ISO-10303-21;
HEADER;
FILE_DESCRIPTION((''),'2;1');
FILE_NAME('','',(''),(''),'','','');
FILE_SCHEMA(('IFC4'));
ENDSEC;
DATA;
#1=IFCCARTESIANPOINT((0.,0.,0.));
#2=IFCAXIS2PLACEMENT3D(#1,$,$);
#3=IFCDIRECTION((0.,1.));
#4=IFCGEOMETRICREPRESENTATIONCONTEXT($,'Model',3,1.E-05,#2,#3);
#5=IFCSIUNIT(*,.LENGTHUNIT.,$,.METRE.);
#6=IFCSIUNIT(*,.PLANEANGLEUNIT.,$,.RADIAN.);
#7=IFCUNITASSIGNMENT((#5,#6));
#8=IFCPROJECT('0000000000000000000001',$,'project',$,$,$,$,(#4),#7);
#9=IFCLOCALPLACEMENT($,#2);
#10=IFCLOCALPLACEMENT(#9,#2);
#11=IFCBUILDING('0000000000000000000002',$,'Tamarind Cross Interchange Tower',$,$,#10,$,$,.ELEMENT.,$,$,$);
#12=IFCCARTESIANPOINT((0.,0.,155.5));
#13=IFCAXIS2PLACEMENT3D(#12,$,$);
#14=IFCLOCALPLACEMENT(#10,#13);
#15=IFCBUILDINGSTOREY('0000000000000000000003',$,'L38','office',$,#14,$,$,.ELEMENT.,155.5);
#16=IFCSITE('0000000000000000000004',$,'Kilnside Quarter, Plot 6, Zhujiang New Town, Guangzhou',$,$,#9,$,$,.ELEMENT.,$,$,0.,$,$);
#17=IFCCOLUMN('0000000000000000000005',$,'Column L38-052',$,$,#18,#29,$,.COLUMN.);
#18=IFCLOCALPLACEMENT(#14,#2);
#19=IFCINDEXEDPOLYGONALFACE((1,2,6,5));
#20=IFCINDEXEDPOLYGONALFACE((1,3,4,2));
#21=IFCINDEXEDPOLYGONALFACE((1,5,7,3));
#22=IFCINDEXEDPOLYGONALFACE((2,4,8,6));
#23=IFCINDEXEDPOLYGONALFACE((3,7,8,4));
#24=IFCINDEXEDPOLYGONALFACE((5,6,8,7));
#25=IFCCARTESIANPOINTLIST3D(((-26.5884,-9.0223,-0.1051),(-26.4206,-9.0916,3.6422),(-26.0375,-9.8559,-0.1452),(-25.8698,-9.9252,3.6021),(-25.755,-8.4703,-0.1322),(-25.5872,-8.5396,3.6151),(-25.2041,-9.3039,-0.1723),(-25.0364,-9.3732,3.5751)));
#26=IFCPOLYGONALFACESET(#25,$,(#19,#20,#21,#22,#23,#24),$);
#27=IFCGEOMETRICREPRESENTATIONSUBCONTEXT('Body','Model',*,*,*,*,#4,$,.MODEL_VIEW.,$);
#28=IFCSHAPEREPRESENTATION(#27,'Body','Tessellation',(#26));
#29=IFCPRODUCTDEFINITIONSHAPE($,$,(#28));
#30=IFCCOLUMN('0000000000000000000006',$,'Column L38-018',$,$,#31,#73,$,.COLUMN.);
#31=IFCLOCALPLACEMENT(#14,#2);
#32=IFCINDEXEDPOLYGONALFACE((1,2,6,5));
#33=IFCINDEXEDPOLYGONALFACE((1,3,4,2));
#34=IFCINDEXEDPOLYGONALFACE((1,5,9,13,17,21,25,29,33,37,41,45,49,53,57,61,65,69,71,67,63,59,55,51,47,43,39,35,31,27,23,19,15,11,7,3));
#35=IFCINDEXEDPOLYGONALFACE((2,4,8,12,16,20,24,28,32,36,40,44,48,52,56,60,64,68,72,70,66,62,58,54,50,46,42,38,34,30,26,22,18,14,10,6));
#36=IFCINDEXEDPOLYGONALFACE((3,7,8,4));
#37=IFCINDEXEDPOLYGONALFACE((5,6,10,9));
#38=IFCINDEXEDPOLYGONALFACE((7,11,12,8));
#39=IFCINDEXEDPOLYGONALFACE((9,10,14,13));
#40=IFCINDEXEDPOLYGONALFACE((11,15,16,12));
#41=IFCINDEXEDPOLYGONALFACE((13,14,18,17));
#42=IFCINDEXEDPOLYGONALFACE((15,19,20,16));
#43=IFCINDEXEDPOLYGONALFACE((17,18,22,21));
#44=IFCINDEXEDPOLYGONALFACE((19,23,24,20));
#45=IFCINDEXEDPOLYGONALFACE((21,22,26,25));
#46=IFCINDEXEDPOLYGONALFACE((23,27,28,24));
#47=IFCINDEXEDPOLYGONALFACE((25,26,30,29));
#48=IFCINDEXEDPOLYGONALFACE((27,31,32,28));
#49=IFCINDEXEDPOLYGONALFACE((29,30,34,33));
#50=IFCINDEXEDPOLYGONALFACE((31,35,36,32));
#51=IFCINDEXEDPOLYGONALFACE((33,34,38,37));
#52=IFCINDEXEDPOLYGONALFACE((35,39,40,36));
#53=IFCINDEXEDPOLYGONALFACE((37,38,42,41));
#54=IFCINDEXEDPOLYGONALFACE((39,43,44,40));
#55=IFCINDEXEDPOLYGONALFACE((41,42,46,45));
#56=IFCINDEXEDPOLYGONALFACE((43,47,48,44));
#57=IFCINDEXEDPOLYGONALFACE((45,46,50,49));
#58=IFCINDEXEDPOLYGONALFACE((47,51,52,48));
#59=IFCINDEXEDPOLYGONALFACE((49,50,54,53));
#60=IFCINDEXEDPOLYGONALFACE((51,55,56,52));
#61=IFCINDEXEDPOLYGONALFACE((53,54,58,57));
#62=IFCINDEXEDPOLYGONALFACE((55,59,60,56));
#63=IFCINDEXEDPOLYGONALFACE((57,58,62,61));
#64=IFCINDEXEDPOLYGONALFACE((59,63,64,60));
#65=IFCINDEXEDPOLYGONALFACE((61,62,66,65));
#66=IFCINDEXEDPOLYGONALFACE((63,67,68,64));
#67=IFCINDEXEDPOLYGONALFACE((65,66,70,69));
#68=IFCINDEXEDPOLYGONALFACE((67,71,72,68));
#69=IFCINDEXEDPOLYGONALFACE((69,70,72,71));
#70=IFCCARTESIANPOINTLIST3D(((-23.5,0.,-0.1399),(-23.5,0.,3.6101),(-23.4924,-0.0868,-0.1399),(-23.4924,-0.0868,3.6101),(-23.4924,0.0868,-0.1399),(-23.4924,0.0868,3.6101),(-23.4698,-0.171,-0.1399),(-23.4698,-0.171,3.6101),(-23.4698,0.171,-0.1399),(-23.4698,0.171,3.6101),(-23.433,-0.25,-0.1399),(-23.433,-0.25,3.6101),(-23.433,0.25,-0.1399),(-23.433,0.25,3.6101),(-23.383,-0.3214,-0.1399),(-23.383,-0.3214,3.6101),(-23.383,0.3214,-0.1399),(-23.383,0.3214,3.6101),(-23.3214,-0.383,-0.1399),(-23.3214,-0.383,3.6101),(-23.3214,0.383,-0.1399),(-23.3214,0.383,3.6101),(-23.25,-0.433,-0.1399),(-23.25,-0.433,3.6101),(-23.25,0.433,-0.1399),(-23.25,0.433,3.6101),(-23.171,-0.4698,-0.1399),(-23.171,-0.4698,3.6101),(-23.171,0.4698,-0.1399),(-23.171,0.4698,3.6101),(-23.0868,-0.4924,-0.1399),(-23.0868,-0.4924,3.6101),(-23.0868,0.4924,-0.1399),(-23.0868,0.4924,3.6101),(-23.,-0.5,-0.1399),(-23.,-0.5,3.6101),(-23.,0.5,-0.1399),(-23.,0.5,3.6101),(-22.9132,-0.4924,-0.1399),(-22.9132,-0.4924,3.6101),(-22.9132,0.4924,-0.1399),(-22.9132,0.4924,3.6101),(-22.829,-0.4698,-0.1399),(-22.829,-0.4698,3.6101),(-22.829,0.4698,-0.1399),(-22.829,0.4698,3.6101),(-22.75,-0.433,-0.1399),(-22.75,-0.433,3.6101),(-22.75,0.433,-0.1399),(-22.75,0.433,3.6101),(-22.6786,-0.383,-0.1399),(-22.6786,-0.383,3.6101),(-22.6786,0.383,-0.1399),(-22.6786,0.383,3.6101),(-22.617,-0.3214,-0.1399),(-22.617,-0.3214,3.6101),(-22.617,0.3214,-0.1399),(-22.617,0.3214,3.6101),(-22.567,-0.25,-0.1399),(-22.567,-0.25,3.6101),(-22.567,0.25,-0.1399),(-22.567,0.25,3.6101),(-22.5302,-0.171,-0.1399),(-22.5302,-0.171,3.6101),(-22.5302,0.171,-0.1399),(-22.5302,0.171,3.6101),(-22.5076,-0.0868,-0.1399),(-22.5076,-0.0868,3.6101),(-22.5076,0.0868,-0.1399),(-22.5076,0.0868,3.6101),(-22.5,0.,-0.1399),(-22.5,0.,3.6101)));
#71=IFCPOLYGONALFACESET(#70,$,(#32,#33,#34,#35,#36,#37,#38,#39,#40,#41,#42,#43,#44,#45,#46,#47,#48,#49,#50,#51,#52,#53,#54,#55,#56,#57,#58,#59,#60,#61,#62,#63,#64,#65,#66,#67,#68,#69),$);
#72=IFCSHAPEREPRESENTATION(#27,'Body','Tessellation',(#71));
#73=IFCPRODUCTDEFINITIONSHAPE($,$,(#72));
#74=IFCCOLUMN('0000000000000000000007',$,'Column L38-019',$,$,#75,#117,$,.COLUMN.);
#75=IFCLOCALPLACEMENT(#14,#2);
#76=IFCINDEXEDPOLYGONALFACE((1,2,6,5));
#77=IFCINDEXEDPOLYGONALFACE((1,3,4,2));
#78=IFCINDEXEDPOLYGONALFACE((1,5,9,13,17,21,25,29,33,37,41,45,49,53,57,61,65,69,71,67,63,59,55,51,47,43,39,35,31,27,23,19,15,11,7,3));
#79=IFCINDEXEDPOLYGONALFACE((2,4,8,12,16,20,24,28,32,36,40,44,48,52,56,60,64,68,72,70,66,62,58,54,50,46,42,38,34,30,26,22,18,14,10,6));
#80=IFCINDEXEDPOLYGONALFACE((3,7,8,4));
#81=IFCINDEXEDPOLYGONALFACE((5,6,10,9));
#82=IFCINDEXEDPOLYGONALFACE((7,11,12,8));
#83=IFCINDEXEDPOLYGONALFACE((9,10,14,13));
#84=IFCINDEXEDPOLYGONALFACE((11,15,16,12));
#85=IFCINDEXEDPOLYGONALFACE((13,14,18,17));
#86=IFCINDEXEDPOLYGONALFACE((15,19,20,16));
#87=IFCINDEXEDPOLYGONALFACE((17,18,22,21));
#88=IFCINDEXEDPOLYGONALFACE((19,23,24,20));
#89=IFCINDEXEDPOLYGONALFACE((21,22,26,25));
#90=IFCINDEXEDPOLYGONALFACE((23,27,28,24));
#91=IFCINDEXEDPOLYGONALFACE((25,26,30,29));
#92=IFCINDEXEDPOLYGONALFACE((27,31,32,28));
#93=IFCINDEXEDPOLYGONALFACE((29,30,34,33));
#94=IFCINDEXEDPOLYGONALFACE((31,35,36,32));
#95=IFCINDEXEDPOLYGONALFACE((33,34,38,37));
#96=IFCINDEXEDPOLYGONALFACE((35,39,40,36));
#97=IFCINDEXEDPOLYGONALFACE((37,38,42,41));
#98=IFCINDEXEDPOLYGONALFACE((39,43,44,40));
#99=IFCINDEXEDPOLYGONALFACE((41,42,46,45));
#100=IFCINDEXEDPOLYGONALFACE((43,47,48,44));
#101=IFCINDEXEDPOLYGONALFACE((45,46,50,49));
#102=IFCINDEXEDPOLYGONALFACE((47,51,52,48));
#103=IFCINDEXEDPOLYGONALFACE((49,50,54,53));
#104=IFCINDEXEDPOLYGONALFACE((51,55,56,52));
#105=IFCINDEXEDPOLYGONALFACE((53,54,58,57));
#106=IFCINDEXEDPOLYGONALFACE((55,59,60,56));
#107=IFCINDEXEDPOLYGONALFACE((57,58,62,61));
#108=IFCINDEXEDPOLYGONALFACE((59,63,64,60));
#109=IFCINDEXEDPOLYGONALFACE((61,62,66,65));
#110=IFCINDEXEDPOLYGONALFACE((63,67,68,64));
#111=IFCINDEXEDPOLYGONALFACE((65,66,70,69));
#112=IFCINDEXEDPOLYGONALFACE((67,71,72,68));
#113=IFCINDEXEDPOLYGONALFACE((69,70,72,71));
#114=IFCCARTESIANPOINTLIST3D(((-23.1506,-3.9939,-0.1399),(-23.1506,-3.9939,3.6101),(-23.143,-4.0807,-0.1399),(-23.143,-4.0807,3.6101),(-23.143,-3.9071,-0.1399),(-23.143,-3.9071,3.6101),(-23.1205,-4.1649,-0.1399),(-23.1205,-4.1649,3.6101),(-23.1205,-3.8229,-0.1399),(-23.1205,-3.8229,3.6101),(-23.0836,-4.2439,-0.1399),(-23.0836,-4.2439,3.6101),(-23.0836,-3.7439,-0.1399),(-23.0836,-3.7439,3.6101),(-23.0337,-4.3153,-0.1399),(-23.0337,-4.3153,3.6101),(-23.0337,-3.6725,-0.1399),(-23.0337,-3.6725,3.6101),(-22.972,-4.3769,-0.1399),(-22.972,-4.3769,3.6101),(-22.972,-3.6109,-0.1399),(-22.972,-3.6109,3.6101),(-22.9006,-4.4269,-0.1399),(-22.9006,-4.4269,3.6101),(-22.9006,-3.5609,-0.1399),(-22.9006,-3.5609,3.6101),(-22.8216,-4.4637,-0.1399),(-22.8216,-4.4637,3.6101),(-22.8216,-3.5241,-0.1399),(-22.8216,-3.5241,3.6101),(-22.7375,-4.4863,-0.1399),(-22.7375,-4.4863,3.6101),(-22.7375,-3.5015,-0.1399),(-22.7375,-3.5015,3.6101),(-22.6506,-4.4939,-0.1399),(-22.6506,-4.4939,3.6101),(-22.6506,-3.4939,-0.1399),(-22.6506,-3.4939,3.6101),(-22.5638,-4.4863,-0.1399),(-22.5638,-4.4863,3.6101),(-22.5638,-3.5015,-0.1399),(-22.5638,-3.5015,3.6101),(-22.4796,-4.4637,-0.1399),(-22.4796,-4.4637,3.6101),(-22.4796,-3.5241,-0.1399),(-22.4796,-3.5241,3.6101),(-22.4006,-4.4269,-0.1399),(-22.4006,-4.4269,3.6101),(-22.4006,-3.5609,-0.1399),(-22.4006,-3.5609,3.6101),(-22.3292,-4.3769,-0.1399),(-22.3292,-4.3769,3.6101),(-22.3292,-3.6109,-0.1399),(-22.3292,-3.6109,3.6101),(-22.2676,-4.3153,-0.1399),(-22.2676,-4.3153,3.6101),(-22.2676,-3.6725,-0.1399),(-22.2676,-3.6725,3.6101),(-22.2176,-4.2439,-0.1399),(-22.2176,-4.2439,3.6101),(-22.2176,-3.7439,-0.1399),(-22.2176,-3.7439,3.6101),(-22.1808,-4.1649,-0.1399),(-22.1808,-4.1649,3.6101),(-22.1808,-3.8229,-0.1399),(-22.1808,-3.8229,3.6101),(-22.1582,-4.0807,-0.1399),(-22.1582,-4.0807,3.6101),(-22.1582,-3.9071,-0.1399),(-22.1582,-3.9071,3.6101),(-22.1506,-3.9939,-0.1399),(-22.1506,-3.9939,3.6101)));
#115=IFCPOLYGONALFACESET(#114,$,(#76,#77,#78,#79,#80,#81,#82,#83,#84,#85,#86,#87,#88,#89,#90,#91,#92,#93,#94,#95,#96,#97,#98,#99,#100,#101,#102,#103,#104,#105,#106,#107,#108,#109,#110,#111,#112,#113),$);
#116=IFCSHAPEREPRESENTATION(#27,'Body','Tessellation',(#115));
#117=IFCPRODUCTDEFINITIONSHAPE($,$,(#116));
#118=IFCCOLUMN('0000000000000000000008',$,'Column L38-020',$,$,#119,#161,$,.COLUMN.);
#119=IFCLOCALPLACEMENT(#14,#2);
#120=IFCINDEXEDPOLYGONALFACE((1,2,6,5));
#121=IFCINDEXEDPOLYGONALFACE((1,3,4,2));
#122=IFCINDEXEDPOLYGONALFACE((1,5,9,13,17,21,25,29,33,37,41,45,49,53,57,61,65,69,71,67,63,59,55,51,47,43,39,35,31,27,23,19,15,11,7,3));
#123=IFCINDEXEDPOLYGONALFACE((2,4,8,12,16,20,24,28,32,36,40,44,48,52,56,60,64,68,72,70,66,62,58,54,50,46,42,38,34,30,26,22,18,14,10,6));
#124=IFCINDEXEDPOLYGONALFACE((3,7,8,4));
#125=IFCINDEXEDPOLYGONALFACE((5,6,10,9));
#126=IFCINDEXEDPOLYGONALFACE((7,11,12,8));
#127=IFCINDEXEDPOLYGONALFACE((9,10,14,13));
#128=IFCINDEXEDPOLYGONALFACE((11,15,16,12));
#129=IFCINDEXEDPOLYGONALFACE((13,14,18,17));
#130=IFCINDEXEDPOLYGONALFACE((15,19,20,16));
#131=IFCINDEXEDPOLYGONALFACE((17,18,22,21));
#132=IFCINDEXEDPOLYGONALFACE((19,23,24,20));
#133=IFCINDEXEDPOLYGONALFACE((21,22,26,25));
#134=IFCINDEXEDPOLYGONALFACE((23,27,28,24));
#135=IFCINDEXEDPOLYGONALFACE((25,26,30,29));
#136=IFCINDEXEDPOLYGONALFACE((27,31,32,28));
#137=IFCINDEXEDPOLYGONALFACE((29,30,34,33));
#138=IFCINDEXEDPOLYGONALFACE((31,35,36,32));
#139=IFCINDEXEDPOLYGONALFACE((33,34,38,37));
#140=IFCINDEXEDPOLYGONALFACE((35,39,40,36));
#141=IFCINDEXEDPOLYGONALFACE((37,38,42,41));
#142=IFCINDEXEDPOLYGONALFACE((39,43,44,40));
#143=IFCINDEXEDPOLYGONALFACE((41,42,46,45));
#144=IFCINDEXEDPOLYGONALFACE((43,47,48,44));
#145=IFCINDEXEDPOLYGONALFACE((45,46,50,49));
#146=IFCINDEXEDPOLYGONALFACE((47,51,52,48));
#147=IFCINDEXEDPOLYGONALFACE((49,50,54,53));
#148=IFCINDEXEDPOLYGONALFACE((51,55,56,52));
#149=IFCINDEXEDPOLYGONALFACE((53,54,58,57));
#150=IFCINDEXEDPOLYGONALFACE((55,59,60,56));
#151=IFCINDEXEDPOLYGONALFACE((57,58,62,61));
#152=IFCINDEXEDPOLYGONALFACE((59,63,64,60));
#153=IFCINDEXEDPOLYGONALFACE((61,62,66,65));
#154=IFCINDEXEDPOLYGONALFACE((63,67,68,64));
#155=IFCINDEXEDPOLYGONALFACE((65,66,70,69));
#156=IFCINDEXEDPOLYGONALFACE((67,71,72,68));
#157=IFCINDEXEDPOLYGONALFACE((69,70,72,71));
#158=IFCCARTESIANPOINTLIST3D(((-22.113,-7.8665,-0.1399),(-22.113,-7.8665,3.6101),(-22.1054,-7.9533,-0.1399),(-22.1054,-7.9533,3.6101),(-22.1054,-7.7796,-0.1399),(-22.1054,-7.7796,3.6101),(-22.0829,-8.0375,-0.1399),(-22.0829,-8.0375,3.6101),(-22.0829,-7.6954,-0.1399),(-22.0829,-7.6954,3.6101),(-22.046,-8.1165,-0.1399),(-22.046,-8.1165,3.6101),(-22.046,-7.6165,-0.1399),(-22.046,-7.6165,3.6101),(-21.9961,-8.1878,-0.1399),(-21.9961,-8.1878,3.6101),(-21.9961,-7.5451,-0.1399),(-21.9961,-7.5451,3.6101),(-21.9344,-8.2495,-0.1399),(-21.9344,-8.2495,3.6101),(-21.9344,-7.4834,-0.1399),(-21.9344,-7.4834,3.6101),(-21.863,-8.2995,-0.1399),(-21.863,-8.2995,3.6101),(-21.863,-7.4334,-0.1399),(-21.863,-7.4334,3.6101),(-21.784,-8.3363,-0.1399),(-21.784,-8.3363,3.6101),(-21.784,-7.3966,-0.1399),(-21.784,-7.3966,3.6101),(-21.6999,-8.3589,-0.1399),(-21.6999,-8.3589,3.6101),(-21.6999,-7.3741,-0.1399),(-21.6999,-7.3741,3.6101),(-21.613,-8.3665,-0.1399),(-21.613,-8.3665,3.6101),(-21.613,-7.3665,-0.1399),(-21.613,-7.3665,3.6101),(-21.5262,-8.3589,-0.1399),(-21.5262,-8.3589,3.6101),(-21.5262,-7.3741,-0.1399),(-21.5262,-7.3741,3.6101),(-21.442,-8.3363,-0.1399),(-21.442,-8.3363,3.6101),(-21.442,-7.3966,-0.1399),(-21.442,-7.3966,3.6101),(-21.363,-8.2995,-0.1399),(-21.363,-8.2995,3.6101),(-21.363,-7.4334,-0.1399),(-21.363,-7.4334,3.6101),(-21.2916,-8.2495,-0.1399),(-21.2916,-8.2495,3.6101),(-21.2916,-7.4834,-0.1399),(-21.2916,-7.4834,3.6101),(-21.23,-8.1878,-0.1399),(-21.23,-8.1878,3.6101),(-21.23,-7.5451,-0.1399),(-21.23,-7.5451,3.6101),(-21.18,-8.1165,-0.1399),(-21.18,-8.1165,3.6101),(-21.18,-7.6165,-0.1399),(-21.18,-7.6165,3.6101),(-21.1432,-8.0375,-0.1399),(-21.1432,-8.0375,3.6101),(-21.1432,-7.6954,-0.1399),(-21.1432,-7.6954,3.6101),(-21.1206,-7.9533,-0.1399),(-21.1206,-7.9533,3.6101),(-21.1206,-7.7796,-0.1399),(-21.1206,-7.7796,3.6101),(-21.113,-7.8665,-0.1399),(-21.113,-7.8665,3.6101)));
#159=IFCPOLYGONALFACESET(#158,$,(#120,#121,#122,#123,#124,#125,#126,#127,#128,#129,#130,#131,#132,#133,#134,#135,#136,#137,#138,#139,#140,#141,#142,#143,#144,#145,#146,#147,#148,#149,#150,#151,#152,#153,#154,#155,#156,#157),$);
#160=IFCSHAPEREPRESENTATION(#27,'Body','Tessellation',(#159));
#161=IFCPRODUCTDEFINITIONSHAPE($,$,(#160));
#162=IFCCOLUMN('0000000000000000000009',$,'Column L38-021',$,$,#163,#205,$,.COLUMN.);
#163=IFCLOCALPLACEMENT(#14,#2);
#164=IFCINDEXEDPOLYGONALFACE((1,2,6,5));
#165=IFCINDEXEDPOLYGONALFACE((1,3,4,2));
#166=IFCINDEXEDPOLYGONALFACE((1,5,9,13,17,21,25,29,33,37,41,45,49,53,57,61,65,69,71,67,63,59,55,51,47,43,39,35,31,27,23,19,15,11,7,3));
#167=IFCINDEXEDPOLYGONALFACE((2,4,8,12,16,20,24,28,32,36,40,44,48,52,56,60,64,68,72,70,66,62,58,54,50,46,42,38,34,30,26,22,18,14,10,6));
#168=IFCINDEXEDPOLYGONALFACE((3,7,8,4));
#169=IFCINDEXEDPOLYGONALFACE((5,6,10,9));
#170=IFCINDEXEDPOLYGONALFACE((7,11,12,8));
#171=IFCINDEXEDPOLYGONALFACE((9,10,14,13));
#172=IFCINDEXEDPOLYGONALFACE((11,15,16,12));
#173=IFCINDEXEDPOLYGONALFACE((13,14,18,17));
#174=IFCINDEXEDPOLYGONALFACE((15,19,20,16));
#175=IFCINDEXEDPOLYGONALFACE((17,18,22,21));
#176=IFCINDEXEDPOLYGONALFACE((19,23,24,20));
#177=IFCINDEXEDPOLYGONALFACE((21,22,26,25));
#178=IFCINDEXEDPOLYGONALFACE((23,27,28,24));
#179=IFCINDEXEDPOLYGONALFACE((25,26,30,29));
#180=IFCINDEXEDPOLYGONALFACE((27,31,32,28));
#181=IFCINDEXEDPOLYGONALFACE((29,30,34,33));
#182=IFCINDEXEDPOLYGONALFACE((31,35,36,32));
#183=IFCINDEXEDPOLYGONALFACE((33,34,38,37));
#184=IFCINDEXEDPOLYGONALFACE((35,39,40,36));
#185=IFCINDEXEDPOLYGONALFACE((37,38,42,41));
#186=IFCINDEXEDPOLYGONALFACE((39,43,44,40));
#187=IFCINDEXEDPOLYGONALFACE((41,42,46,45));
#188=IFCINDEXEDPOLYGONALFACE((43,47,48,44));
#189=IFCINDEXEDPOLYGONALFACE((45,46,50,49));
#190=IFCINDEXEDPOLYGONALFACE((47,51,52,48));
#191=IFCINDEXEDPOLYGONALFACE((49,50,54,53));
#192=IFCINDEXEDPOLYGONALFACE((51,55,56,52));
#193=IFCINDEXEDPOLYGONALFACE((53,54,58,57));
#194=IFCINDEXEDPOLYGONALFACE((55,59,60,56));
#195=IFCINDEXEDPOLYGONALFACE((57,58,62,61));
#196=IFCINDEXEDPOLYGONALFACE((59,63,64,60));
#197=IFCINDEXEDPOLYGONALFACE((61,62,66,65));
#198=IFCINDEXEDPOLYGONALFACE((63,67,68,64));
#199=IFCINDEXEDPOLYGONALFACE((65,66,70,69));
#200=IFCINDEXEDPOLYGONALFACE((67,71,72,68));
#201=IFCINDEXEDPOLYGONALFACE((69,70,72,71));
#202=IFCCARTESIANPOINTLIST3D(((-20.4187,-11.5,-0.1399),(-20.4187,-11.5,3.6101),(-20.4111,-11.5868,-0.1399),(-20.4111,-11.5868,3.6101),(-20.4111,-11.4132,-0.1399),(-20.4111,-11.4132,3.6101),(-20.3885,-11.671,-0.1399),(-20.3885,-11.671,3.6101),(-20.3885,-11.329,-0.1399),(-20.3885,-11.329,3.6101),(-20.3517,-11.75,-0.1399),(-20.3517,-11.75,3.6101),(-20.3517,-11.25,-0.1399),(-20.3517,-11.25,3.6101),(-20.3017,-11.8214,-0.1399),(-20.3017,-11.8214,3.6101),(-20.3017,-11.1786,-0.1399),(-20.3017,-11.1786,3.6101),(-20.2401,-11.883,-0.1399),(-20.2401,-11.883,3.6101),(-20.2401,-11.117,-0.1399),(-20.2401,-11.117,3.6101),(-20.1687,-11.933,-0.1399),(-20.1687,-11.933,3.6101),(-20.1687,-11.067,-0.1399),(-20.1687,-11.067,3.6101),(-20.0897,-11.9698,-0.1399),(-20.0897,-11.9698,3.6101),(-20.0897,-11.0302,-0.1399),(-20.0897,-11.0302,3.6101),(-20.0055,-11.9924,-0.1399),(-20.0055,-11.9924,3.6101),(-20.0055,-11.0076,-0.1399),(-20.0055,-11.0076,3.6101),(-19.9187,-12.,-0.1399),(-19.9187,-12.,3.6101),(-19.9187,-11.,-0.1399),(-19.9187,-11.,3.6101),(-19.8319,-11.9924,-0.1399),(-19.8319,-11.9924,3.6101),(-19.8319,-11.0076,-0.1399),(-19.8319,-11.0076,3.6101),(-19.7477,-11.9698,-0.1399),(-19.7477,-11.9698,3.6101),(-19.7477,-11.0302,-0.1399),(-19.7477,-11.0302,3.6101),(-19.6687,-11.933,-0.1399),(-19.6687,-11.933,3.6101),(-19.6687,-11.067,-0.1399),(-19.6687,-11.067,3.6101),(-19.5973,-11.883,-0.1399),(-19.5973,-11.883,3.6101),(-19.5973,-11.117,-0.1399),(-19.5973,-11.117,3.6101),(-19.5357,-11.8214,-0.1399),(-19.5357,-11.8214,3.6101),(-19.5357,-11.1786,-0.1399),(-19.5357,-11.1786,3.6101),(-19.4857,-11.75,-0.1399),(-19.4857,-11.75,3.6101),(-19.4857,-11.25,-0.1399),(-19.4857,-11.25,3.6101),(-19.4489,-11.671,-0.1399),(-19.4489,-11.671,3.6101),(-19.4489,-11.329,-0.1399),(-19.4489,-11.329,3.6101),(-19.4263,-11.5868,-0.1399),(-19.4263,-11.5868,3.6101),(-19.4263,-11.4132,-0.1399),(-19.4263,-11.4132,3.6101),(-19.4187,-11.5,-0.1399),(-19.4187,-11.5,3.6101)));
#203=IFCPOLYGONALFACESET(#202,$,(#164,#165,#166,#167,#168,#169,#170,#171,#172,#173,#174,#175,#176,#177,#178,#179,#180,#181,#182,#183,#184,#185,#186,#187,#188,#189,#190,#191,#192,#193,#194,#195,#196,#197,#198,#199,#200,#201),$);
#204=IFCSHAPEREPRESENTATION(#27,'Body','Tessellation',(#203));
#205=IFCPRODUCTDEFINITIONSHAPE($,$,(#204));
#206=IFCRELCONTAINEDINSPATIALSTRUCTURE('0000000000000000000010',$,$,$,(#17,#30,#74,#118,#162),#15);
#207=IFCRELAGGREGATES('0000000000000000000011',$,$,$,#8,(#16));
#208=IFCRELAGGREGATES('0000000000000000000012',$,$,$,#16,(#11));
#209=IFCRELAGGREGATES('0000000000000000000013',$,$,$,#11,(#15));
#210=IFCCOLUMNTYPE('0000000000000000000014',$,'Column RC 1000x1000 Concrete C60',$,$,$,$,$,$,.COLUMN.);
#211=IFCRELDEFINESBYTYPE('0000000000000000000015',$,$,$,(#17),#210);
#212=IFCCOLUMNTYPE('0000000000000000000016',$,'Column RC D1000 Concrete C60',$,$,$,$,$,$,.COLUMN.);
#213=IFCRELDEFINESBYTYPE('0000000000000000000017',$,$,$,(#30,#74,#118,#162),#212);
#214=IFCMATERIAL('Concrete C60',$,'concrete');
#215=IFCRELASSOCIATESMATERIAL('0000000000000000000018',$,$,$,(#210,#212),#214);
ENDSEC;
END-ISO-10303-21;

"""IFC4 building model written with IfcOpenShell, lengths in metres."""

from ifc_helpers import new_model, si_unit, direction, frame, origin, origin_2d, place, context, subcontext, project, spatial, rectangle, circle, extrude, material, material_profile, profile_set, type_object, element, save


model = new_model("IFC4")

# Units and contexts
model_context = context("Model", 3, precision=1e-05, world=origin(), true_north=direction((0.0, 1.0)))
body_context = subcontext(model_context, "Body", "Model", "MODEL_VIEW")
ifc_project = project(units=[si_unit("LENGTHUNIT", "METRE"), si_unit("PLANEANGLEUNIT", "RADIAN")], contexts=[model_context])

# Site, building, storey
site_placement = place(None, origin())
site = spatial("IfcSite", under=ifc_project, at=site_placement, Name="Kilnside Quarter, Plot 6, Zhujiang New Town, Guangzhou", CompositionType="ELEMENT", RefElevation=0.0)
building_placement = place(site_placement, origin())
building = spatial("IfcBuilding", under=site, at=building_placement, Name="Tamarind Cross Interchange Tower", CompositionType="ELEMENT")
storey_placement = place(building_placement, frame((0.0, 0.0, 155.5)))
storey = spatial("IfcBuildingStorey", under=building, at=storey_placement, Name="L38", Description="office", CompositionType="ELEMENT", Elevation=155.5)

# Columns
ifc_material_1 = material(Name="Concrete C60", Category="concrete")
ifc_material_profile_1 = material_profile(ifc_material_1, rectangle(XDim=1.0, YDim=1.0, at=origin_2d()), Name="RC 1000x1000")
ifc_profile_set_1 = profile_set([ifc_material_profile_1], Name="Concrete C60")
column_type_1 = type_object("IfcColumnType", Name="Column RC 1000x1000 Concrete C60", PredefinedType="COLUMN", material=ifc_profile_set_1)
column_placement = place(storey_placement, frame((-25.8962, -9.1631, -0.1387), z_axis=(0.044706, -0.018481, 0.998829), x_axis=(-0.550856, 0.833637, 0.04008)))
element("IfcColumn", 1, at=column_placement, inside=storey, type_object=column_type_1, Name="Column L38-052", PredefinedType="COLUMN", context=body_context, shape_type="SweptSolid", body=[
    extrude(rectangle(XDim=1.0, YDim=1.0, at=origin_2d()), origin(), (0.0, 0.0, 1.0), 3.7517),
])
ifc_material_profile_2 = material_profile(ifc_material_1, circle(Radius=0.5, at=origin_2d()), Name="RC D1000")
ifc_profile_set_2 = profile_set([ifc_material_profile_2], Name="Concrete C60")
column_type_2 = type_object("IfcColumnType", Name="Column RC D1000 Concrete C60", PredefinedType="COLUMN", material=ifc_profile_set_2)
for number, where, z_axis, x_axis, name in (
    (2, (-23.0, 0.0, -0.1399), (0.0, 0.0, 1.0), (1.0, 0.0, 0.0), "Column L38-018"),
    (3, (-22.6506, -3.9939, -0.1399), (0.0, 0.0, 1.0), (1.0, 0.0, 0.0), "Column L38-019"),
    (4, (-21.613, -7.8665, -0.1399), (0.0, 0.0, 1.0), (1.0, 0.0, 0.0), "Column L38-020"),
    (5, (-19.9187, -11.5, -0.1399), (0.0, 0.0, 1.0), (1.0, 0.0, 0.0), "Column L38-021"),
):
    element("IfcColumn", number, at=place(storey_placement, frame(where, z_axis=z_axis, x_axis=x_axis)), inside=storey, type_object=column_type_2, Name=name, PredefinedType="COLUMN", context=body_context, shape_type="SweptSolid", body=[
        extrude(circle(Radius=0.5, at=origin_2d()), origin(), (0.0, 0.0, 1.0), 3.75),
    ])

save(model, "model.ifc")
